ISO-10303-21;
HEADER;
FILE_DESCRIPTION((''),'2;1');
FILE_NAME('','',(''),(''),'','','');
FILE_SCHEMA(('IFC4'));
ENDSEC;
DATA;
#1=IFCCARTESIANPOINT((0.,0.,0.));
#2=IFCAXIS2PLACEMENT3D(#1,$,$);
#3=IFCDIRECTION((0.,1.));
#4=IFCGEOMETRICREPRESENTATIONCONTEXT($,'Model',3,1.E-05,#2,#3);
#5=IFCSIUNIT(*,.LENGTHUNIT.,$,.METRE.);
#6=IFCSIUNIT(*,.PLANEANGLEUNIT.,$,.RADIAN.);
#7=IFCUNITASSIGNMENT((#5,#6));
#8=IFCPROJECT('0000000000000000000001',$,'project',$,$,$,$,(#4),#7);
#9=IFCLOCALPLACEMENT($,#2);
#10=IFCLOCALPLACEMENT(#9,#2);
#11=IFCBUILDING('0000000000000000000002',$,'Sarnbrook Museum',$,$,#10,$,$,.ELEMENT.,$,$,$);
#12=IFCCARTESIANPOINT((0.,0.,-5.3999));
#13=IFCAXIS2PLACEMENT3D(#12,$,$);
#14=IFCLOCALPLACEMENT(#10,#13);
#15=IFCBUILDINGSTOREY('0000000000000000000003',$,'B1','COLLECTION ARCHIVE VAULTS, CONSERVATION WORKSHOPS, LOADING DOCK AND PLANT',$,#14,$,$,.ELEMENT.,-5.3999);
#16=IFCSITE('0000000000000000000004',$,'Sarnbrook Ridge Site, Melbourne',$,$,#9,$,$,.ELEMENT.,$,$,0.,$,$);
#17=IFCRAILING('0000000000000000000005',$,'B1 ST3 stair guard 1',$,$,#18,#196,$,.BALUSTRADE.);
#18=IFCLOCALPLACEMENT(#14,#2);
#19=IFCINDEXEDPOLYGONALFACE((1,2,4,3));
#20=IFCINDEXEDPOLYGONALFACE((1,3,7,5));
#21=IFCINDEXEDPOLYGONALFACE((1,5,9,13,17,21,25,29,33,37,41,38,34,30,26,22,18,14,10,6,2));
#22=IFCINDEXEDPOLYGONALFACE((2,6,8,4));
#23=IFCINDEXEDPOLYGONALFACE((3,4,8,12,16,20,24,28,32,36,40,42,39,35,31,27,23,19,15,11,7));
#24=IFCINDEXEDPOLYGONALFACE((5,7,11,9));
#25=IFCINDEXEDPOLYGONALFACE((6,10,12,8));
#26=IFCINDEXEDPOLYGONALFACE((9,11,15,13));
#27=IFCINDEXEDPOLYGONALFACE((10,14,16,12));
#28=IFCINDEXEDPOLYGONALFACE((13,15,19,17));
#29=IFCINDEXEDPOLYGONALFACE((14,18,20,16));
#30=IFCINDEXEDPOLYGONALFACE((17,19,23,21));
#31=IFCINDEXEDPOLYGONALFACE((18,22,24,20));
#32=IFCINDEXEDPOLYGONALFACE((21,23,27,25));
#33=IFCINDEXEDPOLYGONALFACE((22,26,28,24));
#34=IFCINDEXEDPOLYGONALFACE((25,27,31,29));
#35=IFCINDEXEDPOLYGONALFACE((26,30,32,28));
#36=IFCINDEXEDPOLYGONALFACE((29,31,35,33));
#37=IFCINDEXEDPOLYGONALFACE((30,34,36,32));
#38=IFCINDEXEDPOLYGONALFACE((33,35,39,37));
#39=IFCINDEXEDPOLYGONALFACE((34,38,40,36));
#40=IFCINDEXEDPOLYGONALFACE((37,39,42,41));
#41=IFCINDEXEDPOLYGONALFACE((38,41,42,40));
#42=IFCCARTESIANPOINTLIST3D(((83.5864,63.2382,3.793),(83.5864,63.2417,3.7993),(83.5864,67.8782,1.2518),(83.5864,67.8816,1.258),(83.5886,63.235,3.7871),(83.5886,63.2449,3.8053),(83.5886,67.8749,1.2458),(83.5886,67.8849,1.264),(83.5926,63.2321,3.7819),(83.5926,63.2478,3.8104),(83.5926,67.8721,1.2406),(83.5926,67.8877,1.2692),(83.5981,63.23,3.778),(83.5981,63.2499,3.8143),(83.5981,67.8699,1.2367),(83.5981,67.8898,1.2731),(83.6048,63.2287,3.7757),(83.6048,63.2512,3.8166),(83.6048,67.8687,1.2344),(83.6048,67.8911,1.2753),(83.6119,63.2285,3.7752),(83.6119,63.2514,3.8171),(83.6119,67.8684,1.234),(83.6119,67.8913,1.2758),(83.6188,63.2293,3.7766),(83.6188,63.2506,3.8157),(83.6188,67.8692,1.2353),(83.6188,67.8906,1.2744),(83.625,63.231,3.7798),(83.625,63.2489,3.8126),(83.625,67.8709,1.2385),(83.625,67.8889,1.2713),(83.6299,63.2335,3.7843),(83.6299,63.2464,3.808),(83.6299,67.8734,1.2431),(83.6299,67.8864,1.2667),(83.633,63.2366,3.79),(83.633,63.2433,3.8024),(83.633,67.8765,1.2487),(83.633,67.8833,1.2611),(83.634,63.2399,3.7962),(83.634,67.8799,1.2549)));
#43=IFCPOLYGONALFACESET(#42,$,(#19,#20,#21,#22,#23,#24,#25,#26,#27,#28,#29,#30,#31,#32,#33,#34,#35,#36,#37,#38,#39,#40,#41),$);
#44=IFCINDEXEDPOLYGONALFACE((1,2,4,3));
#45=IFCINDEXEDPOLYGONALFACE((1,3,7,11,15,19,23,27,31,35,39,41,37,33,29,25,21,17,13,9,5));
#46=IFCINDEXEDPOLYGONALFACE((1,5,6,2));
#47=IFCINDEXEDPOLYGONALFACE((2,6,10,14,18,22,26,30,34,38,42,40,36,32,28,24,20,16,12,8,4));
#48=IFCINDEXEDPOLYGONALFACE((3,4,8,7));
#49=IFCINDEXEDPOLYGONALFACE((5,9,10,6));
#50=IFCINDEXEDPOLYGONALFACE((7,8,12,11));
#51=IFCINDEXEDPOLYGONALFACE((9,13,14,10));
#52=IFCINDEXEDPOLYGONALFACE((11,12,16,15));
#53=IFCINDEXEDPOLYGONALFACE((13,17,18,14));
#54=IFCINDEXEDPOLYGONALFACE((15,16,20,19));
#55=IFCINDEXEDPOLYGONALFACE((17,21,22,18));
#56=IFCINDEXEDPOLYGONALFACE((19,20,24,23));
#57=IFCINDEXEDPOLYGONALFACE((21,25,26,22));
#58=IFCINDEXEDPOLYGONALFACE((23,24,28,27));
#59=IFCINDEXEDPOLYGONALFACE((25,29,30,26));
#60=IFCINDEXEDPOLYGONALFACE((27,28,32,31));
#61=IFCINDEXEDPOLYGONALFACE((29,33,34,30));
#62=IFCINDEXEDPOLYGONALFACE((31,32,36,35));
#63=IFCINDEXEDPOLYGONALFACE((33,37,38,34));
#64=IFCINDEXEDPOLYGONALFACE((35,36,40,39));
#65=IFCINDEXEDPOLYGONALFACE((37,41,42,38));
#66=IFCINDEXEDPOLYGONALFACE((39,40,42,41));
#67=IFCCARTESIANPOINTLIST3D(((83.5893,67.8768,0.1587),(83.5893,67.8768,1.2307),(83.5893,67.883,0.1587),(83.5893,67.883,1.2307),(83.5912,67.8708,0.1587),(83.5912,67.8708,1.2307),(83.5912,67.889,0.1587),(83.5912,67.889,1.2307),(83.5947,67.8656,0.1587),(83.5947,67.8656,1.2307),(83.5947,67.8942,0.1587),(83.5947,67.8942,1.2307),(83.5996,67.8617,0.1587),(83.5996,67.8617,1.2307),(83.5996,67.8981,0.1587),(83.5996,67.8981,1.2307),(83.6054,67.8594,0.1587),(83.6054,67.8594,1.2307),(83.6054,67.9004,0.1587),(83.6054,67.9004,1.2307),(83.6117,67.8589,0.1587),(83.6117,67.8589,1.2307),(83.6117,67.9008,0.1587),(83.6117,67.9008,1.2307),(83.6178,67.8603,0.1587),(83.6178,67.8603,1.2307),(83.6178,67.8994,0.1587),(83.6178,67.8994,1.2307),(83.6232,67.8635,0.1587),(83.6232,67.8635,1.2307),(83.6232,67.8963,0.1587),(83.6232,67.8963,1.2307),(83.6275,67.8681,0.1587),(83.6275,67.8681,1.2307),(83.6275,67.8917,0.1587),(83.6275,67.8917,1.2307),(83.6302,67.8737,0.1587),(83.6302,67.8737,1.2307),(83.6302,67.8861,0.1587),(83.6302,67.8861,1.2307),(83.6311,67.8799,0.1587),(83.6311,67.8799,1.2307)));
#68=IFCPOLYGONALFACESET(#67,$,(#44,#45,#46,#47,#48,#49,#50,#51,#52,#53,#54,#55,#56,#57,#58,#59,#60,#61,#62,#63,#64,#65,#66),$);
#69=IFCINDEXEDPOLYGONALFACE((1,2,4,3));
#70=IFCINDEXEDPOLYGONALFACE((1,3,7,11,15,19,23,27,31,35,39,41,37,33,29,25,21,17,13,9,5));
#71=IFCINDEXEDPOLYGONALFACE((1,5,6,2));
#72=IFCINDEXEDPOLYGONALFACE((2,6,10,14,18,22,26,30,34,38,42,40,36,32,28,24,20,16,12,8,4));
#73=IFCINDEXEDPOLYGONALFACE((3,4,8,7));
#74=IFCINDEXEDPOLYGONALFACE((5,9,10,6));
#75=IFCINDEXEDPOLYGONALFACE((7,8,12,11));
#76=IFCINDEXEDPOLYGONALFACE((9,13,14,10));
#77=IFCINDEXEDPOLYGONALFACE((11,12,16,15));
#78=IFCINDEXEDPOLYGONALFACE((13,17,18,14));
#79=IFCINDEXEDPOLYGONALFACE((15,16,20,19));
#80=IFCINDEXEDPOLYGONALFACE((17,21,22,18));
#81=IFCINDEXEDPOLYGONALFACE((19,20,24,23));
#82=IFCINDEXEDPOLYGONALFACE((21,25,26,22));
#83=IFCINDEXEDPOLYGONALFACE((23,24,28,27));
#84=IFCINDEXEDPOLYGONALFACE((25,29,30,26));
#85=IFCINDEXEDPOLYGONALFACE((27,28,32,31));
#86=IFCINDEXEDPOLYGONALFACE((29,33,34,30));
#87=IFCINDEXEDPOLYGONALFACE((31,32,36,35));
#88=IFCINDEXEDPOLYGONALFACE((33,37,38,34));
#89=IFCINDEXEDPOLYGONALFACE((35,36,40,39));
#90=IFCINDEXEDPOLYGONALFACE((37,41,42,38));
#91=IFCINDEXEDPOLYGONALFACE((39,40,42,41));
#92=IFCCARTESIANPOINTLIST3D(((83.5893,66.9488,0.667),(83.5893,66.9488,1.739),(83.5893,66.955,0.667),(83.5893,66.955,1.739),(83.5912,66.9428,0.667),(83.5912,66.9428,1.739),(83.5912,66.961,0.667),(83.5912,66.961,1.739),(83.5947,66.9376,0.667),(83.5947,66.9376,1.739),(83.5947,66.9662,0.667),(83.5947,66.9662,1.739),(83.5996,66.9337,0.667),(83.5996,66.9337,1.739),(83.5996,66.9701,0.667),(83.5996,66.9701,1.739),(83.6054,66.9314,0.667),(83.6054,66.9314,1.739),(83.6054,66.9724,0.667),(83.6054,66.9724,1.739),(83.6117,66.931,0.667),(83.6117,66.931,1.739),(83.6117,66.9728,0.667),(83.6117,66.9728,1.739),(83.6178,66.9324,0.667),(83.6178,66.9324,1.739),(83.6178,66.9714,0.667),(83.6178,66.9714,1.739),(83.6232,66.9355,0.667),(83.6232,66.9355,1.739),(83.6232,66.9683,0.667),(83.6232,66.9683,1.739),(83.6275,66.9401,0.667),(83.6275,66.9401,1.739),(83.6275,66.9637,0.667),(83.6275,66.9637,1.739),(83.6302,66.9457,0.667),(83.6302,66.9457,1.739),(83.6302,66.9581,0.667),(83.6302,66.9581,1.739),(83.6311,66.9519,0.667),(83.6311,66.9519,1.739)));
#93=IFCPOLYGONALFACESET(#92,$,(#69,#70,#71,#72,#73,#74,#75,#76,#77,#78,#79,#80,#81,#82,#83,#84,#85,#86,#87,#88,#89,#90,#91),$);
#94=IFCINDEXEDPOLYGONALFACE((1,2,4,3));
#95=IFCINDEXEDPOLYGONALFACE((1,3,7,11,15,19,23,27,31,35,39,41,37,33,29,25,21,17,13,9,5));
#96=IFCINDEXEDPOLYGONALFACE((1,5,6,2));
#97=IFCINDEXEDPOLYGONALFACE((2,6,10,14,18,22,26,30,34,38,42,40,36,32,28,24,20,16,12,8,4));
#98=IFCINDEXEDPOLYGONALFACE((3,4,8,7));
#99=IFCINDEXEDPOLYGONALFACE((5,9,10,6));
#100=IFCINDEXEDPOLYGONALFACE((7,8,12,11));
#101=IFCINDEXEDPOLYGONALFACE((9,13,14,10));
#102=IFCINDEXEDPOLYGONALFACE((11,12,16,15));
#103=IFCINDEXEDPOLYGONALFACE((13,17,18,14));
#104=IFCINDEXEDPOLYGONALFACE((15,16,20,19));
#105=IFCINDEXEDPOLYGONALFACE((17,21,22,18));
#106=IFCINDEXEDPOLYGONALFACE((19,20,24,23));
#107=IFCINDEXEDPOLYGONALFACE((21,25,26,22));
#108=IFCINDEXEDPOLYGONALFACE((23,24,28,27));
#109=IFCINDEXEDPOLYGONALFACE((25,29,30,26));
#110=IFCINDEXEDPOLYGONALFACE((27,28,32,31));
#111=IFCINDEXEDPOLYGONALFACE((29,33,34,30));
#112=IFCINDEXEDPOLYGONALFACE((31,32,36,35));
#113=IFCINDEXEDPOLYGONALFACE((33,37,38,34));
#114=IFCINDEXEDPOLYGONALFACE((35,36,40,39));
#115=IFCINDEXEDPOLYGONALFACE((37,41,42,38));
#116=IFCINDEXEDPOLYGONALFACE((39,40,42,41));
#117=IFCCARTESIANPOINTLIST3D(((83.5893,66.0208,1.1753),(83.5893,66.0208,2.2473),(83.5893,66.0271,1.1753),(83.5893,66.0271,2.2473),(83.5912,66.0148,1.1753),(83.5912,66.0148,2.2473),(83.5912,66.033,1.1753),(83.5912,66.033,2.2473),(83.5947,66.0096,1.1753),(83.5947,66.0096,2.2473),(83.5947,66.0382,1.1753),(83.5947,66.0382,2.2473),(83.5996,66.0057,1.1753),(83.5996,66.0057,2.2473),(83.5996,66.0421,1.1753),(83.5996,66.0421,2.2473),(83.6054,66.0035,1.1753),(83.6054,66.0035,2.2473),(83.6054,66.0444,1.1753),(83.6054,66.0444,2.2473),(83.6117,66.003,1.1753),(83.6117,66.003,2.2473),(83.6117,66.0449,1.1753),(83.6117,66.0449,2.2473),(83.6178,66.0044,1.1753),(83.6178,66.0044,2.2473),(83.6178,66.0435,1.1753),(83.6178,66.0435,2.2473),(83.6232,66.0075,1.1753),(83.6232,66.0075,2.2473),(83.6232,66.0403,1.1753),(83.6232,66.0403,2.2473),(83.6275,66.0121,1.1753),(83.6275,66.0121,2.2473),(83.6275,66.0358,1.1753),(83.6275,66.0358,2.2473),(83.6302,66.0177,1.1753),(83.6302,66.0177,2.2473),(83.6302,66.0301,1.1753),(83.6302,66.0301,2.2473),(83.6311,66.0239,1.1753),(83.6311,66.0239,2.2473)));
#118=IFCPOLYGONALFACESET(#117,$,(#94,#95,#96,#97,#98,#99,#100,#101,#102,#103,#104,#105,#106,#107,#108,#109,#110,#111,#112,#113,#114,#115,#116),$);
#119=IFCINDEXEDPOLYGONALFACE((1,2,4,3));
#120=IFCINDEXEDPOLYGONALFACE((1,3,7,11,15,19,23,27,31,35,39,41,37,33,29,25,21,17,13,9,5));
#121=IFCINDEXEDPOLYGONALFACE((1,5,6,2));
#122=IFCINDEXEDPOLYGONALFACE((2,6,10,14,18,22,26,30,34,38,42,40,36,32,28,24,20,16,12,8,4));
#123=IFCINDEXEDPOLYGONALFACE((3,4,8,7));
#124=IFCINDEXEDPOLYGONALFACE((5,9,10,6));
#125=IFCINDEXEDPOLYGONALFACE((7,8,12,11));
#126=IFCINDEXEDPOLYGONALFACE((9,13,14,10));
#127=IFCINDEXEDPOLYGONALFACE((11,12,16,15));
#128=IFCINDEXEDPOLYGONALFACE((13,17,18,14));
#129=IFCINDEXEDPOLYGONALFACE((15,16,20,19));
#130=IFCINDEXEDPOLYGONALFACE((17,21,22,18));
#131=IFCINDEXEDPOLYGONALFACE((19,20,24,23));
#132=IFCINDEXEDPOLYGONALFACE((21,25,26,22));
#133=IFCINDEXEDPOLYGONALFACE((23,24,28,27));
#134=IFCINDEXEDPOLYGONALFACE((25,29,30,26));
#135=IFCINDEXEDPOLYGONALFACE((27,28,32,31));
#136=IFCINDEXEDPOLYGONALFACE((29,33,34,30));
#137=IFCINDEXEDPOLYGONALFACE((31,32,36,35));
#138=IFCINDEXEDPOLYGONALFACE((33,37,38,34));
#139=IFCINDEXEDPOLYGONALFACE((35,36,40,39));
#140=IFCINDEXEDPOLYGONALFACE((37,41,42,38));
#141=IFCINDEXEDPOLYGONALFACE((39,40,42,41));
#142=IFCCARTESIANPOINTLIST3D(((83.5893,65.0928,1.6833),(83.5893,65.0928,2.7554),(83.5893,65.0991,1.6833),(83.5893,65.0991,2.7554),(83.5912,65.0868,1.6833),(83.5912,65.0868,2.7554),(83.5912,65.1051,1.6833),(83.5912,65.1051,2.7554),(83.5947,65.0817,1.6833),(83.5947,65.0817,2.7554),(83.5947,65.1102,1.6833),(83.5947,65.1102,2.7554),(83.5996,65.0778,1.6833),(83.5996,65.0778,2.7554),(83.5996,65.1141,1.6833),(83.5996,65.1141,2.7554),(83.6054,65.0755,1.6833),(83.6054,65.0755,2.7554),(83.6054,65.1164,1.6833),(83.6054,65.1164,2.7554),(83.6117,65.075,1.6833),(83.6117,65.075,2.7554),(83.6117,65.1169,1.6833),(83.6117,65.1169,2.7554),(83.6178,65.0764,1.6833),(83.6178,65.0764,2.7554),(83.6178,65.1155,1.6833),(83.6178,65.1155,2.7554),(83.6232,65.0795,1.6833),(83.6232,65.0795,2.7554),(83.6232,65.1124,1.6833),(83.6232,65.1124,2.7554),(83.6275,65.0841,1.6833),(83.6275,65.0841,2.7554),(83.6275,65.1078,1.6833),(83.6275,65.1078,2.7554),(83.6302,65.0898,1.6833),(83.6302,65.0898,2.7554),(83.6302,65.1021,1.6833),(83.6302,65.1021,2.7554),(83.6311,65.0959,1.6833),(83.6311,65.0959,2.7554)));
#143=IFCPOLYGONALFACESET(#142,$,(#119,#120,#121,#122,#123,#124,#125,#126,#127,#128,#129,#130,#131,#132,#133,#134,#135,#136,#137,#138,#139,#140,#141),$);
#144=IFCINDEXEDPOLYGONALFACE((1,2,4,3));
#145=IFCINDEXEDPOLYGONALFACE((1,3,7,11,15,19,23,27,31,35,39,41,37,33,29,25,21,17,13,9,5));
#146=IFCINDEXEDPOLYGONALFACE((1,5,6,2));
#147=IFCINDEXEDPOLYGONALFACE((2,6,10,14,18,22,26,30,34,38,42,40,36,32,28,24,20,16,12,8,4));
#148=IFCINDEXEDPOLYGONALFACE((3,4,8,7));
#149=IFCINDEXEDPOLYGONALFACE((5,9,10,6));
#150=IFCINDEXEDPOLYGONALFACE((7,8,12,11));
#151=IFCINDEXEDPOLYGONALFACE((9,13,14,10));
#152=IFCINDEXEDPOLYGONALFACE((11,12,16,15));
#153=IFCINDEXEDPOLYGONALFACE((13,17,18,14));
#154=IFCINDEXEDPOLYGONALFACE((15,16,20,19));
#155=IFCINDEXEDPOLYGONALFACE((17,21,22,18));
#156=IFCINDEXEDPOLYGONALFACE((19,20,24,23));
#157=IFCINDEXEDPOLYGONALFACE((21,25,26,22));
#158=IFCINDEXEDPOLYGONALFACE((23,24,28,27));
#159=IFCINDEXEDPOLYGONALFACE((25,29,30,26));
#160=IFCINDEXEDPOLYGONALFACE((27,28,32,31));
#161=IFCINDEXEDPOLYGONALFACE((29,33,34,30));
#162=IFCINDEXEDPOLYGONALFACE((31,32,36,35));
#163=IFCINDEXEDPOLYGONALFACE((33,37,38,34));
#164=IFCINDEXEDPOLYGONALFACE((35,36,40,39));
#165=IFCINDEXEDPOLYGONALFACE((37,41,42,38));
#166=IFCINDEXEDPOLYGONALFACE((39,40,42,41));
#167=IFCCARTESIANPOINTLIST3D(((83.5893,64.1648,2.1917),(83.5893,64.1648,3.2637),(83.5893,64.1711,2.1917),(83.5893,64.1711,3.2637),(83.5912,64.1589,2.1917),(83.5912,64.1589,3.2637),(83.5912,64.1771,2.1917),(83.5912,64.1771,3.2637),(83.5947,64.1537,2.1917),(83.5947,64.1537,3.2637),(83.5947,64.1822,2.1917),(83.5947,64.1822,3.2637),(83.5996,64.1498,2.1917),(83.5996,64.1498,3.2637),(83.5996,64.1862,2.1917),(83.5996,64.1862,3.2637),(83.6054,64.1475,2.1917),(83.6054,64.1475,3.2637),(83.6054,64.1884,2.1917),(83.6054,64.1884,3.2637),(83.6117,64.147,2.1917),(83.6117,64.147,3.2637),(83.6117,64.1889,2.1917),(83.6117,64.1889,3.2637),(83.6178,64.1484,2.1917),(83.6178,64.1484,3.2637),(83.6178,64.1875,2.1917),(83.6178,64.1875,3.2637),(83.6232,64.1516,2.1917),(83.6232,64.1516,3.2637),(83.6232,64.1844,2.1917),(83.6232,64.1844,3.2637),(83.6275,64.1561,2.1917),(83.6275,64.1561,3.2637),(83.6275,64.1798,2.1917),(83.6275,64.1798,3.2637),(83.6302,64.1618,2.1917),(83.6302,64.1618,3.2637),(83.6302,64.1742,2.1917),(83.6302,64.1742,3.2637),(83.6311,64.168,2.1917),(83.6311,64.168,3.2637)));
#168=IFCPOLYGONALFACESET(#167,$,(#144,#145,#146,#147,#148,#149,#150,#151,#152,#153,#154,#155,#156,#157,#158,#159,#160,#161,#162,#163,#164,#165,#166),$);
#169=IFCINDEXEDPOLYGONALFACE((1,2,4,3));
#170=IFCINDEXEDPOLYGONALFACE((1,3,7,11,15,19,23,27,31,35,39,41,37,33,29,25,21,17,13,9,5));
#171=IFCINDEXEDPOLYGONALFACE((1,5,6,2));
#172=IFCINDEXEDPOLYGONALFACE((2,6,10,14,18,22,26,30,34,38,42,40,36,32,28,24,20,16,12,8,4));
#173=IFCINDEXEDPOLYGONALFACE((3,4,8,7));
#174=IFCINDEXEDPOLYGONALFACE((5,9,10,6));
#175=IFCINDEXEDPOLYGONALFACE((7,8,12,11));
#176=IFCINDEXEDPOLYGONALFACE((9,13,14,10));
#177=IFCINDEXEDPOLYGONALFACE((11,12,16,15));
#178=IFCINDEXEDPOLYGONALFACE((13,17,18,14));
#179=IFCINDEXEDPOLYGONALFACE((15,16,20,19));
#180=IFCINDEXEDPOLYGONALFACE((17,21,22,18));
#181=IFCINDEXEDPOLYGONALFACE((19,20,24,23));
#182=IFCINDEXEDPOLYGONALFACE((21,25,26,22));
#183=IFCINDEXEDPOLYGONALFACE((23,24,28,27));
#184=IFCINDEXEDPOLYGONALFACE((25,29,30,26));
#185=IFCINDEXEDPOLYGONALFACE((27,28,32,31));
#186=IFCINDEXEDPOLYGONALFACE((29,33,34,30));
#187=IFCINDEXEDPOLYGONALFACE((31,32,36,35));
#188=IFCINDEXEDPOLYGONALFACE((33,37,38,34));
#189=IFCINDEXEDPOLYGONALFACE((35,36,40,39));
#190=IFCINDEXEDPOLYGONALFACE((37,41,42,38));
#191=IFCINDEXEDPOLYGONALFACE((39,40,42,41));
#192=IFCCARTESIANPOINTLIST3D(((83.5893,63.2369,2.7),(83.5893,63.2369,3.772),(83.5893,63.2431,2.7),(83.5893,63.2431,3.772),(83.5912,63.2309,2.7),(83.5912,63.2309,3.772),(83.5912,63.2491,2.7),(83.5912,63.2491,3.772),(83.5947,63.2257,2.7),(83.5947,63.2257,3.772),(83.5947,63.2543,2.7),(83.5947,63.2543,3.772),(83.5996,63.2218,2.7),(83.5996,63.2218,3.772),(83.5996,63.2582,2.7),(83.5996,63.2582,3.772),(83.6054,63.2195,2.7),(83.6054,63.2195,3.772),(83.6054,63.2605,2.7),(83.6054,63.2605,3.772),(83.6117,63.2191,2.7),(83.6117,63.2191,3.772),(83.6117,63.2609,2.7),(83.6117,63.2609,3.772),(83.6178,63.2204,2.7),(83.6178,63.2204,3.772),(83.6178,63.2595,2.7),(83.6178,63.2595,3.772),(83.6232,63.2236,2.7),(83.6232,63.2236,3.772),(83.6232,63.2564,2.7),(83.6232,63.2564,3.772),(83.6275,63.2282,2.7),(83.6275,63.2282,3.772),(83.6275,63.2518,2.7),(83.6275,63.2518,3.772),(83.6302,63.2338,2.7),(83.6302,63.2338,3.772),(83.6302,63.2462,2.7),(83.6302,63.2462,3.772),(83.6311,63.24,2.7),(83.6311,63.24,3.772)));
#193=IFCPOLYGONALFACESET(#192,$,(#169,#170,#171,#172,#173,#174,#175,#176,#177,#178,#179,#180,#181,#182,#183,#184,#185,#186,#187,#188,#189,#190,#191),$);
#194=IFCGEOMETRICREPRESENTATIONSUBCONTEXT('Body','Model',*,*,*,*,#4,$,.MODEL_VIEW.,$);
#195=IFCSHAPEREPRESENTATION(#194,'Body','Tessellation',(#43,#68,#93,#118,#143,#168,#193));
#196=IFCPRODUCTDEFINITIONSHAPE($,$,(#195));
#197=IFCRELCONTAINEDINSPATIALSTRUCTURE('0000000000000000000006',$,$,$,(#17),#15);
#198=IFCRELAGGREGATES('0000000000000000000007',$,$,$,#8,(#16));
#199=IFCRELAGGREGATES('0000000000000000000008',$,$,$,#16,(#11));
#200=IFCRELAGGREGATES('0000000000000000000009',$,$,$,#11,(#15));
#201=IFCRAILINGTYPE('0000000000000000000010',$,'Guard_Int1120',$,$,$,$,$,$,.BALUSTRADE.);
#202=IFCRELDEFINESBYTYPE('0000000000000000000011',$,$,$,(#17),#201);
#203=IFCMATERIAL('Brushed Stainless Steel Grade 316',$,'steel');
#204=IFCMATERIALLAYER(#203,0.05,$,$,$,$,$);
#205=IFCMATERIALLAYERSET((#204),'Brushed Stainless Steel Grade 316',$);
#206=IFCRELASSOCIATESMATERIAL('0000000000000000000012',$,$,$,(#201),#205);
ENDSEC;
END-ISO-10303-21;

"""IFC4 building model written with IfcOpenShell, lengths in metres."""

from ifc_helpers import new_model, si_unit, direction, frame, origin, origin_2d, place, context, subcontext, project, spatial, circle, extrude, material, layer, layer_set, type_object, element, save


model = new_model("IFC4")

# Units and contexts
model_context = context("Model", 3, precision=1e-05, world=origin(), true_north=direction((0.0, 1.0)))
body_context = subcontext(model_context, "Body", "Model", "MODEL_VIEW")
ifc_project = project(units=[si_unit("LENGTHUNIT", "METRE"), si_unit("PLANEANGLEUNIT", "RADIAN")], contexts=[model_context])

# Site, building, storey
site_placement = place(None, origin())
site = spatial("IfcSite", under=ifc_project, at=site_placement, Name="Sarnbrook Ridge Site, Melbourne", CompositionType="ELEMENT", RefElevation=0.0)
building_placement = place(site_placement, origin())
building = spatial("IfcBuilding", under=site, at=building_placement, Name="Sarnbrook Museum", CompositionType="ELEMENT")
storey_placement = place(building_placement, frame((0.0, 0.0, -5.3999)))
storey = spatial("IfcBuildingStorey", under=building, at=storey_placement, Name="B1", Description="COLLECTION ARCHIVE VAULTS, CONSERVATION WORKSHOPS, LOADING DOCK AND PLANT", CompositionType="ELEMENT", Elevation=-5.3999)

# Shared definitions
ifc_material_1 = material(Name="Brushed Stainless Steel Grade 316", Category="steel")

# Railing
ifc_layer_1 = layer(ifc_material_1, 0.05)
ifc_layer_set_1 = layer_set([ifc_layer_1], Name="Brushed Stainless Steel Grade 316")
railing_type_1 = type_object("IfcRailingType", Name="Guard_Int1120", PredefinedType="BALUSTRADE", material=ifc_layer_set_1)
railing_1_placement = place(storey_placement, frame((83.6101, 67.8799, 0.1587)))
element("IfcRailing", 1, at=railing_1_placement, inside=storey, type_object=railing_type_1, Name="B1 ST3 stair guard 1", PredefinedType="BALUSTRADE", context=body_context, shape_type="SweptSolid", body=[
    extrude(circle(Radius=0.0239, at=origin_2d()), frame((0.0, 0.0, 1.0962), z_axis=(0.0, -0.877067, 0.480368), x_axis=(1.0, 0.0, 0.0)), (0.0, 0.0, 1.0), 5.2903),
    extrude(circle(Radius=0.021, at=origin_2d()), origin(), (0.0, 0.0, 1.0), 1.072),
    extrude(circle(Radius=0.021, at=origin_2d()), frame((0.0, -0.928, 0.5083)), (0.0, 0.0, 1.0), 1.072),
    extrude(circle(Radius=0.021, at=origin_2d()), frame((0.0, -1.856, 1.0166)), (0.0, 0.0, 1.0), 1.072),
    extrude(circle(Radius=0.021, at=origin_2d()), frame((0.0, -2.7839, 1.5247)), (0.0, 0.0, 1.0), 1.072),
    extrude(circle(Radius=0.021, at=origin_2d()), frame((0.0, -3.7119, 2.033)), (0.0, 0.0, 1.0), 1.072),
    extrude(circle(Radius=0.021, at=origin_2d()), frame((0.0, -4.6399, 2.5413)), (0.0, 0.0, 1.0), 1.072),
])

save(model, "model.ifc")
